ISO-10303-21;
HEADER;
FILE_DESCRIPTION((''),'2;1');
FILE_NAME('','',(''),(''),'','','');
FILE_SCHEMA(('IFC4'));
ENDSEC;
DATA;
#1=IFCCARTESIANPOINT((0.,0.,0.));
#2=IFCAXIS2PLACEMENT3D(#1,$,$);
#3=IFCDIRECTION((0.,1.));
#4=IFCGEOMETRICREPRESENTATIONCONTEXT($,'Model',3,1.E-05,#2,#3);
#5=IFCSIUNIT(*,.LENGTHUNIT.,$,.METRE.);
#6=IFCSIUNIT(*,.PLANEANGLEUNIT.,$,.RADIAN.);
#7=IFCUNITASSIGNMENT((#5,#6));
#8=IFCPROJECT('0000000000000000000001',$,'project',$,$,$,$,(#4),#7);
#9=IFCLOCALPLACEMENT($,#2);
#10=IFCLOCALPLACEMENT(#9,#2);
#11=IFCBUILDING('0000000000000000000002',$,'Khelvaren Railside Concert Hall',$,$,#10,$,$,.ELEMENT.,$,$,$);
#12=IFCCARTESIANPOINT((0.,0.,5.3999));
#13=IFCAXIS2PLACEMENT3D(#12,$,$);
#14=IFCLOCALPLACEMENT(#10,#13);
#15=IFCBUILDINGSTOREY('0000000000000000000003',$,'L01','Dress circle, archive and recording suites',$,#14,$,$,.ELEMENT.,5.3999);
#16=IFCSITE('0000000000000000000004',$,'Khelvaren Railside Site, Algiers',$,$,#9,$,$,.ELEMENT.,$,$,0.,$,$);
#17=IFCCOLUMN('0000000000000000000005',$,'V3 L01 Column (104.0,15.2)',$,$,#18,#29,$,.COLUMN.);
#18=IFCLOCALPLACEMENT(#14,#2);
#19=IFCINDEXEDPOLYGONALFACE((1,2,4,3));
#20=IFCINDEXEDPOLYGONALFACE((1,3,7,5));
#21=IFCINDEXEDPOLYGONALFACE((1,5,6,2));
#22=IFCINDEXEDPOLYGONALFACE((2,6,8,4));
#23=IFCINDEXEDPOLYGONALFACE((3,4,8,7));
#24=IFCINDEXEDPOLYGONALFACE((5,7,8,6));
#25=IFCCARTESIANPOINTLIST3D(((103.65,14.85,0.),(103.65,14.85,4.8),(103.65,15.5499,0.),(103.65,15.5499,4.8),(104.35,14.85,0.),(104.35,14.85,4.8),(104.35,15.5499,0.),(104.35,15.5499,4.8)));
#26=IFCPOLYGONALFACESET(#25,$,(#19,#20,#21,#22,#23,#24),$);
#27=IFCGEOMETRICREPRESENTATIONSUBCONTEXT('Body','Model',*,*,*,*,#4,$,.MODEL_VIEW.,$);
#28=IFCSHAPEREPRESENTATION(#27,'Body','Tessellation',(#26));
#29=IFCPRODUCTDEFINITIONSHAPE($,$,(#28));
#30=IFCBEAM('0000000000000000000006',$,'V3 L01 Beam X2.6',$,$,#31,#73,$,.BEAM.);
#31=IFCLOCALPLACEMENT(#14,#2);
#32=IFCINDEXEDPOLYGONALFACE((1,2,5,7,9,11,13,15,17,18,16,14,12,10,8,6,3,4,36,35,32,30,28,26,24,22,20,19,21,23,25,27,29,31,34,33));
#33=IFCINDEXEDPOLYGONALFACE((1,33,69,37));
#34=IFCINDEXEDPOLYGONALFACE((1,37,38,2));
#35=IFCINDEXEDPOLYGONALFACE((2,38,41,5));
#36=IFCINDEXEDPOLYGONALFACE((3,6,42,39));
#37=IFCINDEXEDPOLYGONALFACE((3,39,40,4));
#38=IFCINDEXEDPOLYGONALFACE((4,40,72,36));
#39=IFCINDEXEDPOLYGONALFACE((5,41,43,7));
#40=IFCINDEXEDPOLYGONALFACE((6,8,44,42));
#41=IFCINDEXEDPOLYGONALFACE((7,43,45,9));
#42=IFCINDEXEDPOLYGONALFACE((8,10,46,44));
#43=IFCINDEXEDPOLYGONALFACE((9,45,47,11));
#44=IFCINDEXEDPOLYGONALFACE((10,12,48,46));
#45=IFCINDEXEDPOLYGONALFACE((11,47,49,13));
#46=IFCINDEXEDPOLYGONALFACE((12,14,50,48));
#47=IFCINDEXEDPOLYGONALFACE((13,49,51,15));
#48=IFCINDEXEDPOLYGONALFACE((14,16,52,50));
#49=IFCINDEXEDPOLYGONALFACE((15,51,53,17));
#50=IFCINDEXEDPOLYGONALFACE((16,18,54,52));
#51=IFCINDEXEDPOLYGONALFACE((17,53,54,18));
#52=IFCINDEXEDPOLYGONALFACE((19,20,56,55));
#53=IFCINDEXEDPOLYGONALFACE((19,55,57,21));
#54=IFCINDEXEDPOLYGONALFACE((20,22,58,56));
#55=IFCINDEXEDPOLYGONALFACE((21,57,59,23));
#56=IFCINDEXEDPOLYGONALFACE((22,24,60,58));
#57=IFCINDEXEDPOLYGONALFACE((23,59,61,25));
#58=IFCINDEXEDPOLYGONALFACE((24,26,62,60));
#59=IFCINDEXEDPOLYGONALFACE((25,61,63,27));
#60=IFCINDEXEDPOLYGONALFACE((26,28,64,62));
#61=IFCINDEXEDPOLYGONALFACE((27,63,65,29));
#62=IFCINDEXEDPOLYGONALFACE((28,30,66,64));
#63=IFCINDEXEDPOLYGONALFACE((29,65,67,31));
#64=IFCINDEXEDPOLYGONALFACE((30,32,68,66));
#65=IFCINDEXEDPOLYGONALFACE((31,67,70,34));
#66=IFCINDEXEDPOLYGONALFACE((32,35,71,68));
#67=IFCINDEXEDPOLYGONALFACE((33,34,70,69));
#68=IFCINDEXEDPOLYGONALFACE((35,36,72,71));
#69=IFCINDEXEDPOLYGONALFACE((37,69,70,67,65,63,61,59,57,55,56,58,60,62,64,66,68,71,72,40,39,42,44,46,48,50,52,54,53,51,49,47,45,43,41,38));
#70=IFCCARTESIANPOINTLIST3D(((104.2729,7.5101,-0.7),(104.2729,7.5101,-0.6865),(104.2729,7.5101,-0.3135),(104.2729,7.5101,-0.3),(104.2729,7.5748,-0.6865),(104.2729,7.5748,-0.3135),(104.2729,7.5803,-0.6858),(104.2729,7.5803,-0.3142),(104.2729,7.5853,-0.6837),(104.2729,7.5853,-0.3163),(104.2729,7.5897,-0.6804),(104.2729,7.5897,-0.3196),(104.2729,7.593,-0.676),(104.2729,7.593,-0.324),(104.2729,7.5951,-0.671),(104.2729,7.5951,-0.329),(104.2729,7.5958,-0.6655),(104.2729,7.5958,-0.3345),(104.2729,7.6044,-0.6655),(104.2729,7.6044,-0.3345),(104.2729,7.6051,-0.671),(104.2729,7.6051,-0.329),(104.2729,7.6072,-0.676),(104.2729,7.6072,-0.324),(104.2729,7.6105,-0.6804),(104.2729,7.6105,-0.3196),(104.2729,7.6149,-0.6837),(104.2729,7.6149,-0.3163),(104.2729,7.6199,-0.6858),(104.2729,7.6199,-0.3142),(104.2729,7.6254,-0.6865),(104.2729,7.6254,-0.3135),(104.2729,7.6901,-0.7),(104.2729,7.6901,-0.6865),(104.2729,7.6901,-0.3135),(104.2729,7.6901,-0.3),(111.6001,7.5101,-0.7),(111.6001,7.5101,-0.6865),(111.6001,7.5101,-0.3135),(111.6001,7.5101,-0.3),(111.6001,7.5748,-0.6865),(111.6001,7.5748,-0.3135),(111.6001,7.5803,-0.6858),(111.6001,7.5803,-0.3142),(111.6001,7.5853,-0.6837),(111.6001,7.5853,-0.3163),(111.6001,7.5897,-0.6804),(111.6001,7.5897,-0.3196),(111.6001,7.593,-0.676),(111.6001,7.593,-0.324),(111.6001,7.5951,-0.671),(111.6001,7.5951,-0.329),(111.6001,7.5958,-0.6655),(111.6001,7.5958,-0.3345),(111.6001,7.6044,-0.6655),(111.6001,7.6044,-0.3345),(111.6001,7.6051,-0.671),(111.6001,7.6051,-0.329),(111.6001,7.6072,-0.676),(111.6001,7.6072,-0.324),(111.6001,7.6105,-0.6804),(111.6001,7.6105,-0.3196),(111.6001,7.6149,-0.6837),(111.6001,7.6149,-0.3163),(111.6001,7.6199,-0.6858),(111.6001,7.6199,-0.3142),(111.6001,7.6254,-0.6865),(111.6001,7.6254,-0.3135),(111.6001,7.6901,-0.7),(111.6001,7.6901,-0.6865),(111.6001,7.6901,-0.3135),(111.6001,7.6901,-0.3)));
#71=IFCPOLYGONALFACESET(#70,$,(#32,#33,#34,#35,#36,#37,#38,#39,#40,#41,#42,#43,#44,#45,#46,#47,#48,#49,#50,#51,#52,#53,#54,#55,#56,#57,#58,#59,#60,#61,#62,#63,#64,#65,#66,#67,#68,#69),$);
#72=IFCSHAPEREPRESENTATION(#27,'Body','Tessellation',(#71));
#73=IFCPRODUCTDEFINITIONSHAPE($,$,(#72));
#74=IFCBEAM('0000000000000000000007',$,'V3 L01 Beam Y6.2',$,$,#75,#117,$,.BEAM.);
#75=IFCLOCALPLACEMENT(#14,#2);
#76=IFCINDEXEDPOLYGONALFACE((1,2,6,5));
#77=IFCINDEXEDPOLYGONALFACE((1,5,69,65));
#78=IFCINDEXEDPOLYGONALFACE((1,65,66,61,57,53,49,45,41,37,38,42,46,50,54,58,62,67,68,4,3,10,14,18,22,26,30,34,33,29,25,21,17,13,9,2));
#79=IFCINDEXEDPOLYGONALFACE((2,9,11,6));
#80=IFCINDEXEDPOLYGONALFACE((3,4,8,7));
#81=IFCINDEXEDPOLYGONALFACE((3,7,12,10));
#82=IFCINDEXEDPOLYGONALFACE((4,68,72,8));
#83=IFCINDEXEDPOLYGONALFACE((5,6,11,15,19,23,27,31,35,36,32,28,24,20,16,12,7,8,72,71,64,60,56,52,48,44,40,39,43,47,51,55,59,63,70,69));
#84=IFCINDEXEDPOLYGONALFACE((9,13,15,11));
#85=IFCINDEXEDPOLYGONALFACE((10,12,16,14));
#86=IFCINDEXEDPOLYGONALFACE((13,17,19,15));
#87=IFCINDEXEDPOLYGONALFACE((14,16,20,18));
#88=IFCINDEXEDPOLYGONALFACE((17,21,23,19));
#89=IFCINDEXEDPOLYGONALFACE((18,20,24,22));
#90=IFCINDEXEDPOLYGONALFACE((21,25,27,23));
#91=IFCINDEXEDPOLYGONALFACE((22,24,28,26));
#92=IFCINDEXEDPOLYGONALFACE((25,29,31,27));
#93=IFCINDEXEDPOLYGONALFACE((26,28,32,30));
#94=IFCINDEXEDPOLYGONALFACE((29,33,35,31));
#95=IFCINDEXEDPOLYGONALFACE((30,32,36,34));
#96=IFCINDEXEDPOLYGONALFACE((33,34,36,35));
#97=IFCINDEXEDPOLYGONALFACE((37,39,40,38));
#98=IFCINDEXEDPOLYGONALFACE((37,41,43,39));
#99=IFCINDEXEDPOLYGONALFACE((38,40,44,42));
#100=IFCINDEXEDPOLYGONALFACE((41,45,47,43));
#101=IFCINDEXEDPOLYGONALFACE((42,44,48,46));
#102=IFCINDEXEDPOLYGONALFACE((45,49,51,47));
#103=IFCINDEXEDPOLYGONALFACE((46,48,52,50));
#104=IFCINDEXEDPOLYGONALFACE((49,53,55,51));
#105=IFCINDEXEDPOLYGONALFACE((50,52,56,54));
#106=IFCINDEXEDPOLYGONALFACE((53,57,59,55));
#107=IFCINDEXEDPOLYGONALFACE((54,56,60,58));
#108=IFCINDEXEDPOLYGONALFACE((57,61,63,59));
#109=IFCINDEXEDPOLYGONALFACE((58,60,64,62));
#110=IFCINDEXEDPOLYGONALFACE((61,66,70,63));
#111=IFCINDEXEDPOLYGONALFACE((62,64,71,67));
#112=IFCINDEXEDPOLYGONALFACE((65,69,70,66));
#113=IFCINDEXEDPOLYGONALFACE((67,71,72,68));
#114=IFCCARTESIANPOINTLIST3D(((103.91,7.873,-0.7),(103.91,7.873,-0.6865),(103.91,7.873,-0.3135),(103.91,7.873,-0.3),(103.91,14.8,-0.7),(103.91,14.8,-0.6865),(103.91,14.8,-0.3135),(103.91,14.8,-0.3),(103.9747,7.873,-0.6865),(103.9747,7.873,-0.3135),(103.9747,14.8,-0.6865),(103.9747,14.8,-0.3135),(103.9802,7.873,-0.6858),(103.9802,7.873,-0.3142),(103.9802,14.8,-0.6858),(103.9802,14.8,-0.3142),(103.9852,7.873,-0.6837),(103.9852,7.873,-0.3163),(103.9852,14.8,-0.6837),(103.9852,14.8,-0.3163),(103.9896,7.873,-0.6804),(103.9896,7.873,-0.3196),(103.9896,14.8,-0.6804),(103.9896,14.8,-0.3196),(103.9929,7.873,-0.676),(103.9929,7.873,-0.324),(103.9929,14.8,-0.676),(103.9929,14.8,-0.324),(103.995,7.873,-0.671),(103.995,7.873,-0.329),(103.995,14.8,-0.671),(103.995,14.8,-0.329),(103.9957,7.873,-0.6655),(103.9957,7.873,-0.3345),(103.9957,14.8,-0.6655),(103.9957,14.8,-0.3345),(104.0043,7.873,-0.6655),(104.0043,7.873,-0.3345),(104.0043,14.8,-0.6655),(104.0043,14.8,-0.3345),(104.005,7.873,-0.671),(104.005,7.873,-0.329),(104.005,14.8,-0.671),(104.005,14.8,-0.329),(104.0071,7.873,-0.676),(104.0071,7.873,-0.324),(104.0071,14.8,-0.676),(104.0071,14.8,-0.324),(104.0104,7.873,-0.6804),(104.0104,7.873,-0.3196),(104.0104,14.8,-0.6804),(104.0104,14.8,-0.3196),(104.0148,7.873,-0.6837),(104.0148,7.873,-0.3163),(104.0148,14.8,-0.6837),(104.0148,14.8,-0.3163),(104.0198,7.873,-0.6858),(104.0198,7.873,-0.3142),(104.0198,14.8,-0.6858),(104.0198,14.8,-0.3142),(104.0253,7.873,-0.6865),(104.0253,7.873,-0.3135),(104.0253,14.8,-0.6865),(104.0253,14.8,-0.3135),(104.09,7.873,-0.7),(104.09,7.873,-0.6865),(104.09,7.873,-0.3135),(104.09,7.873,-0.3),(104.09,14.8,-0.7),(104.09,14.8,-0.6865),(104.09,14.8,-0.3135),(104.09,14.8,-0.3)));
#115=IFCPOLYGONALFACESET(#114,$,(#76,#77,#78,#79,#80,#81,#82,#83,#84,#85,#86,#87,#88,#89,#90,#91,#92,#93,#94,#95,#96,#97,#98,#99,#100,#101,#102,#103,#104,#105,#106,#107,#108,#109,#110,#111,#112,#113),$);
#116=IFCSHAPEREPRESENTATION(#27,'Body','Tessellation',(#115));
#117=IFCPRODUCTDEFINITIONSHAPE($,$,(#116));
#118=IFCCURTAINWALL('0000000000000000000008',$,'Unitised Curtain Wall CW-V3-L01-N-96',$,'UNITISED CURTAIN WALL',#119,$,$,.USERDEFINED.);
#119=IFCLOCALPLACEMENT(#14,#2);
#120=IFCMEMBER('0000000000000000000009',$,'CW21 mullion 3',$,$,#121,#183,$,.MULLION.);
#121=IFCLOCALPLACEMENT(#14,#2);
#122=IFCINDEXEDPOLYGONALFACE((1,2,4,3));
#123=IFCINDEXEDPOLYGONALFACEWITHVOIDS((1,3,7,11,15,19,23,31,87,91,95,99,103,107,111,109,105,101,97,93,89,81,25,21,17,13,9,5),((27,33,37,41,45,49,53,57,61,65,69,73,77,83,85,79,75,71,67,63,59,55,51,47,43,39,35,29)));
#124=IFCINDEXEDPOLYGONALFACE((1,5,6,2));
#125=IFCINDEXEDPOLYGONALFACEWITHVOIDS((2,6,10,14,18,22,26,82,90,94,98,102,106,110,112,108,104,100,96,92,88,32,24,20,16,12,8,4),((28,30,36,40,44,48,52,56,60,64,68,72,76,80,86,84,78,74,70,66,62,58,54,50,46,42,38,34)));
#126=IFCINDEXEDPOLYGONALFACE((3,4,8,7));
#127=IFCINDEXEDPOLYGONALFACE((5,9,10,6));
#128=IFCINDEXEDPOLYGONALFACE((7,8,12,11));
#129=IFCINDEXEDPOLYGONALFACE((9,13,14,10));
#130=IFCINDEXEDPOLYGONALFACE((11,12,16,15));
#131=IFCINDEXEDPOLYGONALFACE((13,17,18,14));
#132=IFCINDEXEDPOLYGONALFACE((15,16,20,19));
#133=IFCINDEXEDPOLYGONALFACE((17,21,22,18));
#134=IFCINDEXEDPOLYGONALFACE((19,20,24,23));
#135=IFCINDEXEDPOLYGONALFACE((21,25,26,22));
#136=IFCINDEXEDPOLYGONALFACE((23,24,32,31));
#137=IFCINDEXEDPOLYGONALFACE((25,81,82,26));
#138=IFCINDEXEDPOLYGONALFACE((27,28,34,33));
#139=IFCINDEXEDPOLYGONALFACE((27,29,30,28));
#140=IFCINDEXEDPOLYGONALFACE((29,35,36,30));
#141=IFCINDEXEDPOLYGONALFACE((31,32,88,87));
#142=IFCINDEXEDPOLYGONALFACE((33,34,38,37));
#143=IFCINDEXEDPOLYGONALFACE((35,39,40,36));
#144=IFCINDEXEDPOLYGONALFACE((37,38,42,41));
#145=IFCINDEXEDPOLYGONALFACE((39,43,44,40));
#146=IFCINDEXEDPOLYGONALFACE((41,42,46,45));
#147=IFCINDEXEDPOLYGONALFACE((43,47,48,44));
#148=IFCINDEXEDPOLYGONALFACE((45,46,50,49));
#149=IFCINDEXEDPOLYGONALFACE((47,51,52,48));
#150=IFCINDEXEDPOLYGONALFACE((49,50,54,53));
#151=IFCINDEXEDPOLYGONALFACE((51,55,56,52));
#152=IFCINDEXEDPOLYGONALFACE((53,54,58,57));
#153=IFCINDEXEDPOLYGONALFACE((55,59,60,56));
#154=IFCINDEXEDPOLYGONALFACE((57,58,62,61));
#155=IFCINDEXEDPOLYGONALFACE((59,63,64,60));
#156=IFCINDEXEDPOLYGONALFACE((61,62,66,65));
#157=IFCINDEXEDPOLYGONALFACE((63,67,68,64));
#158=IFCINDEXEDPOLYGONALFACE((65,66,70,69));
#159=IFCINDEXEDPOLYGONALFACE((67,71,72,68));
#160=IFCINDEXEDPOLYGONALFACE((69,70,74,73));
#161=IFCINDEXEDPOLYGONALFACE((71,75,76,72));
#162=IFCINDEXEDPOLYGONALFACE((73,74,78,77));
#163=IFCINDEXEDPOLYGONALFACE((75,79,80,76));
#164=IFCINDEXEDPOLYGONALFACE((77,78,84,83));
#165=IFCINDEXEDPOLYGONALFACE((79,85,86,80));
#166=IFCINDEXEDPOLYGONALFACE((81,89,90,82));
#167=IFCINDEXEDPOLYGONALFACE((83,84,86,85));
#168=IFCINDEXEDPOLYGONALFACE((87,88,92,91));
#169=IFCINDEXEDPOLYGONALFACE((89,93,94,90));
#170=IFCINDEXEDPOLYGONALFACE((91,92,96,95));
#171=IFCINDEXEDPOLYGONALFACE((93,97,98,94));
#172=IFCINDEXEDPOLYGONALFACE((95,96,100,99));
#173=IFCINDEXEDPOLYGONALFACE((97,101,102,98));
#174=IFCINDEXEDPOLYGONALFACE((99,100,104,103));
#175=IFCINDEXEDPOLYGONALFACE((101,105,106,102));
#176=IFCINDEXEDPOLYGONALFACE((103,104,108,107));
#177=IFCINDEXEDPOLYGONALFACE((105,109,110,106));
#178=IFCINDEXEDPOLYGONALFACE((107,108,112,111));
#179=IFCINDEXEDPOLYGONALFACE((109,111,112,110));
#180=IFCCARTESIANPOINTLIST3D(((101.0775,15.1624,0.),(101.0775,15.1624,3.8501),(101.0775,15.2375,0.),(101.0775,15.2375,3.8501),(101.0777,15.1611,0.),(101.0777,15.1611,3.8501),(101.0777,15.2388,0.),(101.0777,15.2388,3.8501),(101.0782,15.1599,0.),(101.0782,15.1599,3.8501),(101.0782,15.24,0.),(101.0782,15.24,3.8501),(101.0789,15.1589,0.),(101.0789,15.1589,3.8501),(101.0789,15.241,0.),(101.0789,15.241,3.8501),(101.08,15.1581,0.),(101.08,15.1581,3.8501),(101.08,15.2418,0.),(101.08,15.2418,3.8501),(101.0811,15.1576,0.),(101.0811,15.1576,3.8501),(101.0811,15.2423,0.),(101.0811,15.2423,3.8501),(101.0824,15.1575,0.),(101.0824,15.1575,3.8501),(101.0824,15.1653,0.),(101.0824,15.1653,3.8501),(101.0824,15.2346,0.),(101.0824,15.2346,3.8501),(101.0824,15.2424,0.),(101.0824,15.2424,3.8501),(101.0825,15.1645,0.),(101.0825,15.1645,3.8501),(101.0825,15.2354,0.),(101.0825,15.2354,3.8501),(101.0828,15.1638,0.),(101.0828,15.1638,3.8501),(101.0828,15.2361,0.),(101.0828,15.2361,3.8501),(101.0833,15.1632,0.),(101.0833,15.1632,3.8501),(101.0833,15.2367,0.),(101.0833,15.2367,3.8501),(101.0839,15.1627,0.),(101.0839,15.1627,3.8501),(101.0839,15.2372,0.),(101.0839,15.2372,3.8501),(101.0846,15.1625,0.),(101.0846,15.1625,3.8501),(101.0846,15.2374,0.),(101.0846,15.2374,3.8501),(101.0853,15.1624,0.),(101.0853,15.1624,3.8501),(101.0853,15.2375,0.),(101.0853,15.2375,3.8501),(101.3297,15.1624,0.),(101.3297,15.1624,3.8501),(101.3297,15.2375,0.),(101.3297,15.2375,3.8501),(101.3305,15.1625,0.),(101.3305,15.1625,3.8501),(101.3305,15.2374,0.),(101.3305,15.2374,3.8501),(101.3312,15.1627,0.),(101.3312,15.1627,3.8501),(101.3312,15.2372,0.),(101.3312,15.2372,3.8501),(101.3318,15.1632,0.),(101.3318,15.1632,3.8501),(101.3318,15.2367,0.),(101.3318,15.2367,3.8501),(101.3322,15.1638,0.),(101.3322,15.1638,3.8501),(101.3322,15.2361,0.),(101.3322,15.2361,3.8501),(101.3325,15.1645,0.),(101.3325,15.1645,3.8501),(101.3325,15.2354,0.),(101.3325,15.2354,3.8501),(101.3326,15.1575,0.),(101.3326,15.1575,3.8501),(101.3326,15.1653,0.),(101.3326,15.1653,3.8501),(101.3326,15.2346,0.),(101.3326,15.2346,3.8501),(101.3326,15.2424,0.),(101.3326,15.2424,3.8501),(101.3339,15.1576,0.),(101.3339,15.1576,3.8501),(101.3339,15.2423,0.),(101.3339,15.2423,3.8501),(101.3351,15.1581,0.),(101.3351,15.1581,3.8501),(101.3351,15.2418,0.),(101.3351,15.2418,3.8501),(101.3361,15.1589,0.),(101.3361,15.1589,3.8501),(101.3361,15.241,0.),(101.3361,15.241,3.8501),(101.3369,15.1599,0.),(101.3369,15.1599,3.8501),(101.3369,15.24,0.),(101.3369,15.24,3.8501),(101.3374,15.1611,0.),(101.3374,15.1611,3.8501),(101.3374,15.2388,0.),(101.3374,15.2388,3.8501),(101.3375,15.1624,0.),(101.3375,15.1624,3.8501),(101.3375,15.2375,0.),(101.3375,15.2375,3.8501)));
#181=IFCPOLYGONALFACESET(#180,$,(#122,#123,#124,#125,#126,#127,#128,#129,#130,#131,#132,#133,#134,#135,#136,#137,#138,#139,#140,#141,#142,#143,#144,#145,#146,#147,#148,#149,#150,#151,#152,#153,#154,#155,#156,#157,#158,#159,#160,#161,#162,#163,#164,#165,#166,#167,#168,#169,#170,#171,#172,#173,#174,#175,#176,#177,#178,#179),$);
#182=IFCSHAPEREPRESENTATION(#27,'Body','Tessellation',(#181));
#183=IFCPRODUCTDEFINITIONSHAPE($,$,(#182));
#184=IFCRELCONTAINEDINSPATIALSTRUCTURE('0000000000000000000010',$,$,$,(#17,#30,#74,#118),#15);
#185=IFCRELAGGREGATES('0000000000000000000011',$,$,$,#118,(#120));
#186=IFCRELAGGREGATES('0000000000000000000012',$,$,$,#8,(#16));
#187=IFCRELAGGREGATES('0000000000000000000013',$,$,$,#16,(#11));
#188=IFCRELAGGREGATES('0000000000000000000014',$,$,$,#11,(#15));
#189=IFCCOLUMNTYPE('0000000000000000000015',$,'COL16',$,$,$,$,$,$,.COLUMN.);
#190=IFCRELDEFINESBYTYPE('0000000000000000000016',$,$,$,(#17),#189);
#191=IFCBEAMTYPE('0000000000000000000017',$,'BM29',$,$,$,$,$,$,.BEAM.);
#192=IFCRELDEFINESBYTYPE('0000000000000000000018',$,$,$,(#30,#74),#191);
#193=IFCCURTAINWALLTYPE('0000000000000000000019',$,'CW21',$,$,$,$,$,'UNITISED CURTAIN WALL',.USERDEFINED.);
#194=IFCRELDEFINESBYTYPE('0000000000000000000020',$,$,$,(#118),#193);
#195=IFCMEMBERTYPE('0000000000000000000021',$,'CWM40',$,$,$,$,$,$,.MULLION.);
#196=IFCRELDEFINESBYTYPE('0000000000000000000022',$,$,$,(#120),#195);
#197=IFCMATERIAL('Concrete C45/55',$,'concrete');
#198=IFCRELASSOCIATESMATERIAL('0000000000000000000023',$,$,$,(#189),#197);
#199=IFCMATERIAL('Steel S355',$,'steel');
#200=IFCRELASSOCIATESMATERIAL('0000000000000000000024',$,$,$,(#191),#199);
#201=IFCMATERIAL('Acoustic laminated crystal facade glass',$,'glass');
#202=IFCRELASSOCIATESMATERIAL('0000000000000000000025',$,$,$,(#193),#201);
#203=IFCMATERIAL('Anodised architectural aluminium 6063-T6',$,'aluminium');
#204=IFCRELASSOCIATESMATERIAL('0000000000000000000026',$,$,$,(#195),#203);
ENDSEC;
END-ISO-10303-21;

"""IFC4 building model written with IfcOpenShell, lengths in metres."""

from ifc_helpers import new_model, si_unit, direction, frame, origin, origin_2d, place, context, subcontext, project, spatial, rectangle, hollow_rectangle, i_section, extrude, material, material_profile, profile_set, type_object, element, aggregate, save


model = new_model("IFC4")

# Units and contexts
model_context = context("Model", 3, precision=1e-05, world=origin(), true_north=direction((0.0, 1.0)))
body_context = subcontext(model_context, "Body", "Model", "MODEL_VIEW")
ifc_project = project(units=[si_unit("LENGTHUNIT", "METRE"), si_unit("PLANEANGLEUNIT", "RADIAN")], contexts=[model_context])

# Site, building, storey
site_placement = place(None, origin())
site = spatial("IfcSite", under=ifc_project, at=site_placement, Name="Khelvaren Railside Site, Algiers", CompositionType="ELEMENT", RefElevation=0.0)
building_placement = place(site_placement, origin())
building = spatial("IfcBuilding", under=site, at=building_placement, Name="Khelvaren Railside Concert Hall", CompositionType="ELEMENT")
storey_placement = place(building_placement, frame((0.0, 0.0, 5.3999)))
storey = spatial("IfcBuildingStorey", under=building, at=storey_placement, Name="L01", Description="Dress circle, archive and recording suites", CompositionType="ELEMENT", Elevation=5.3999)

# Column
ifc_material_1 = material(Name="Concrete C45/55", Category="concrete")
ifc_material_profile_1 = material_profile(ifc_material_1, rectangle(XDim=0.7, YDim=0.7, at=origin_2d()), Name="RC 700x700")
ifc_profile_set_1 = profile_set([ifc_material_profile_1], Name="Concrete C45/55")
column_type = type_object("IfcColumnType", Name="COL16", PredefinedType="COLUMN", material=ifc_profile_set_1)
column_placement = place(storey_placement, frame((104.0, 15.2, 0.0), z_axis=(0.0, 0.0, 1.0), x_axis=(1.0, 0.0, 0.0)))
element("IfcColumn", 1, at=column_placement, inside=storey, type_object=column_type, Name="V3 L01 Column (104.0,15.2)", PredefinedType="COLUMN", context=body_context, shape_type="SweptSolid", body=[
    extrude(rectangle(XDim=0.7, YDim=0.7, at=origin_2d()), origin(), (0.0, 0.0, 1.0), 4.8),
])

# Beams
ifc_material_2 = material(Name="Steel S355", Category="steel")
ifc_material_profile_2 = material_profile(ifc_material_2, i_section(OverallWidth=0.1799, OverallDepth=0.3999, WebThickness=0.0085, FlangeThickness=0.0134, FilletRadius=0.021, at=origin_2d()), Name="IPE 400")
ifc_profile_set_2 = profile_set([ifc_material_profile_2], Name="Steel S355")
beam_type_1 = type_object("IfcBeamType", Name="BM29", PredefinedType="BEAM", material=ifc_profile_set_2)
beam_1_placement = place(storey_placement, frame((104.2729, 7.6001, -0.5), z_axis=(1.0, 0.0, 0.0), x_axis=(0.0, 1.0, 0.0)))
element("IfcBeam", 2, at=beam_1_placement, inside=storey, type_object=beam_type_1, Name="V3 L01 Beam X2.6", PredefinedType="BEAM", context=body_context, shape_type="SweptSolid", body=[
    extrude(i_section(OverallWidth=0.1799, OverallDepth=0.3999, WebThickness=0.0085, FlangeThickness=0.0134, FilletRadius=0.021, at=origin_2d()), origin(), (0.0, 0.0, 1.0), 7.3271),
])
beam_2_placement = place(storey_placement, frame((104.0, 7.873, -0.5), z_axis=(0.0, 1.0, 0.0), x_axis=(-1.0, 0.0, 0.0)))
element("IfcBeam", 3, at=beam_2_placement, inside=storey, type_object=beam_type_1, Name="V3 L01 Beam Y6.2", PredefinedType="BEAM", context=body_context, shape_type="SweptSolid", body=[
    extrude(i_section(OverallWidth=0.1799, OverallDepth=0.3999, WebThickness=0.0085, FlangeThickness=0.0134, FilletRadius=0.021, at=origin_2d()), origin(), (0.0, 0.0, 1.0), 6.927),
])

# Curtain wall, member
ifc_material_3 = material(Name="Acoustic laminated crystal facade glass", Category="glass")
curtain_wall_type_1 = type_object("IfcCurtainWallType", Name="CW21", ElementType="UNITISED CURTAIN WALL", PredefinedType="USERDEFINED", material=ifc_material_3)
curtain_wall_1_placement = place(storey_placement, origin())
curtain_wall_1 = element("IfcCurtainWall", 4, at=curtain_wall_1_placement, inside=storey, type_object=curtain_wall_type_1, Name="Unitised Curtain Wall CW-V3-L01-N-96", ObjectType="UNITISED CURTAIN WALL", PredefinedType="USERDEFINED")
ifc_material_4 = material(Name="Anodised architectural aluminium 6063-T6", Category="aluminium")
ifc_material_profile_3 = material_profile(ifc_material_4, hollow_rectangle(XDim=0.085, YDim=0.26, WallThickness=0.0049, InnerFilletRadius=0.0029, OuterFilletRadius=0.0049, at=origin_2d()), Name="CWM 85x260x5")
ifc_profile_set_3 = profile_set([ifc_material_profile_3], Name="Anodised architectural aluminium 6063-T6")
member_type_1 = type_object("IfcMemberType", Name="CWM40", PredefinedType="MULLION", material=ifc_profile_set_3)
member_1_placement = place(storey_placement, frame((101.2075, 15.2, 0.0), z_axis=(0.0, 0.0, 1.0), x_axis=(0.0, 1.0, 0.0)))
member_1 = element("IfcMember", 5, at=member_1_placement, type_object=member_type_1, Name="CW21 mullion 3", PredefinedType="MULLION", context=body_context, shape_type="SweptSolid", body=[
    extrude(hollow_rectangle(XDim=0.085, YDim=0.26, WallThickness=0.0049, InnerFilletRadius=0.0029, OuterFilletRadius=0.0049, at=origin_2d()), origin(), (0.0, 0.0, 1.0), 3.8501),
])

aggregate(curtain_wall_1, [member_1])

save(model, "model.ifc")
